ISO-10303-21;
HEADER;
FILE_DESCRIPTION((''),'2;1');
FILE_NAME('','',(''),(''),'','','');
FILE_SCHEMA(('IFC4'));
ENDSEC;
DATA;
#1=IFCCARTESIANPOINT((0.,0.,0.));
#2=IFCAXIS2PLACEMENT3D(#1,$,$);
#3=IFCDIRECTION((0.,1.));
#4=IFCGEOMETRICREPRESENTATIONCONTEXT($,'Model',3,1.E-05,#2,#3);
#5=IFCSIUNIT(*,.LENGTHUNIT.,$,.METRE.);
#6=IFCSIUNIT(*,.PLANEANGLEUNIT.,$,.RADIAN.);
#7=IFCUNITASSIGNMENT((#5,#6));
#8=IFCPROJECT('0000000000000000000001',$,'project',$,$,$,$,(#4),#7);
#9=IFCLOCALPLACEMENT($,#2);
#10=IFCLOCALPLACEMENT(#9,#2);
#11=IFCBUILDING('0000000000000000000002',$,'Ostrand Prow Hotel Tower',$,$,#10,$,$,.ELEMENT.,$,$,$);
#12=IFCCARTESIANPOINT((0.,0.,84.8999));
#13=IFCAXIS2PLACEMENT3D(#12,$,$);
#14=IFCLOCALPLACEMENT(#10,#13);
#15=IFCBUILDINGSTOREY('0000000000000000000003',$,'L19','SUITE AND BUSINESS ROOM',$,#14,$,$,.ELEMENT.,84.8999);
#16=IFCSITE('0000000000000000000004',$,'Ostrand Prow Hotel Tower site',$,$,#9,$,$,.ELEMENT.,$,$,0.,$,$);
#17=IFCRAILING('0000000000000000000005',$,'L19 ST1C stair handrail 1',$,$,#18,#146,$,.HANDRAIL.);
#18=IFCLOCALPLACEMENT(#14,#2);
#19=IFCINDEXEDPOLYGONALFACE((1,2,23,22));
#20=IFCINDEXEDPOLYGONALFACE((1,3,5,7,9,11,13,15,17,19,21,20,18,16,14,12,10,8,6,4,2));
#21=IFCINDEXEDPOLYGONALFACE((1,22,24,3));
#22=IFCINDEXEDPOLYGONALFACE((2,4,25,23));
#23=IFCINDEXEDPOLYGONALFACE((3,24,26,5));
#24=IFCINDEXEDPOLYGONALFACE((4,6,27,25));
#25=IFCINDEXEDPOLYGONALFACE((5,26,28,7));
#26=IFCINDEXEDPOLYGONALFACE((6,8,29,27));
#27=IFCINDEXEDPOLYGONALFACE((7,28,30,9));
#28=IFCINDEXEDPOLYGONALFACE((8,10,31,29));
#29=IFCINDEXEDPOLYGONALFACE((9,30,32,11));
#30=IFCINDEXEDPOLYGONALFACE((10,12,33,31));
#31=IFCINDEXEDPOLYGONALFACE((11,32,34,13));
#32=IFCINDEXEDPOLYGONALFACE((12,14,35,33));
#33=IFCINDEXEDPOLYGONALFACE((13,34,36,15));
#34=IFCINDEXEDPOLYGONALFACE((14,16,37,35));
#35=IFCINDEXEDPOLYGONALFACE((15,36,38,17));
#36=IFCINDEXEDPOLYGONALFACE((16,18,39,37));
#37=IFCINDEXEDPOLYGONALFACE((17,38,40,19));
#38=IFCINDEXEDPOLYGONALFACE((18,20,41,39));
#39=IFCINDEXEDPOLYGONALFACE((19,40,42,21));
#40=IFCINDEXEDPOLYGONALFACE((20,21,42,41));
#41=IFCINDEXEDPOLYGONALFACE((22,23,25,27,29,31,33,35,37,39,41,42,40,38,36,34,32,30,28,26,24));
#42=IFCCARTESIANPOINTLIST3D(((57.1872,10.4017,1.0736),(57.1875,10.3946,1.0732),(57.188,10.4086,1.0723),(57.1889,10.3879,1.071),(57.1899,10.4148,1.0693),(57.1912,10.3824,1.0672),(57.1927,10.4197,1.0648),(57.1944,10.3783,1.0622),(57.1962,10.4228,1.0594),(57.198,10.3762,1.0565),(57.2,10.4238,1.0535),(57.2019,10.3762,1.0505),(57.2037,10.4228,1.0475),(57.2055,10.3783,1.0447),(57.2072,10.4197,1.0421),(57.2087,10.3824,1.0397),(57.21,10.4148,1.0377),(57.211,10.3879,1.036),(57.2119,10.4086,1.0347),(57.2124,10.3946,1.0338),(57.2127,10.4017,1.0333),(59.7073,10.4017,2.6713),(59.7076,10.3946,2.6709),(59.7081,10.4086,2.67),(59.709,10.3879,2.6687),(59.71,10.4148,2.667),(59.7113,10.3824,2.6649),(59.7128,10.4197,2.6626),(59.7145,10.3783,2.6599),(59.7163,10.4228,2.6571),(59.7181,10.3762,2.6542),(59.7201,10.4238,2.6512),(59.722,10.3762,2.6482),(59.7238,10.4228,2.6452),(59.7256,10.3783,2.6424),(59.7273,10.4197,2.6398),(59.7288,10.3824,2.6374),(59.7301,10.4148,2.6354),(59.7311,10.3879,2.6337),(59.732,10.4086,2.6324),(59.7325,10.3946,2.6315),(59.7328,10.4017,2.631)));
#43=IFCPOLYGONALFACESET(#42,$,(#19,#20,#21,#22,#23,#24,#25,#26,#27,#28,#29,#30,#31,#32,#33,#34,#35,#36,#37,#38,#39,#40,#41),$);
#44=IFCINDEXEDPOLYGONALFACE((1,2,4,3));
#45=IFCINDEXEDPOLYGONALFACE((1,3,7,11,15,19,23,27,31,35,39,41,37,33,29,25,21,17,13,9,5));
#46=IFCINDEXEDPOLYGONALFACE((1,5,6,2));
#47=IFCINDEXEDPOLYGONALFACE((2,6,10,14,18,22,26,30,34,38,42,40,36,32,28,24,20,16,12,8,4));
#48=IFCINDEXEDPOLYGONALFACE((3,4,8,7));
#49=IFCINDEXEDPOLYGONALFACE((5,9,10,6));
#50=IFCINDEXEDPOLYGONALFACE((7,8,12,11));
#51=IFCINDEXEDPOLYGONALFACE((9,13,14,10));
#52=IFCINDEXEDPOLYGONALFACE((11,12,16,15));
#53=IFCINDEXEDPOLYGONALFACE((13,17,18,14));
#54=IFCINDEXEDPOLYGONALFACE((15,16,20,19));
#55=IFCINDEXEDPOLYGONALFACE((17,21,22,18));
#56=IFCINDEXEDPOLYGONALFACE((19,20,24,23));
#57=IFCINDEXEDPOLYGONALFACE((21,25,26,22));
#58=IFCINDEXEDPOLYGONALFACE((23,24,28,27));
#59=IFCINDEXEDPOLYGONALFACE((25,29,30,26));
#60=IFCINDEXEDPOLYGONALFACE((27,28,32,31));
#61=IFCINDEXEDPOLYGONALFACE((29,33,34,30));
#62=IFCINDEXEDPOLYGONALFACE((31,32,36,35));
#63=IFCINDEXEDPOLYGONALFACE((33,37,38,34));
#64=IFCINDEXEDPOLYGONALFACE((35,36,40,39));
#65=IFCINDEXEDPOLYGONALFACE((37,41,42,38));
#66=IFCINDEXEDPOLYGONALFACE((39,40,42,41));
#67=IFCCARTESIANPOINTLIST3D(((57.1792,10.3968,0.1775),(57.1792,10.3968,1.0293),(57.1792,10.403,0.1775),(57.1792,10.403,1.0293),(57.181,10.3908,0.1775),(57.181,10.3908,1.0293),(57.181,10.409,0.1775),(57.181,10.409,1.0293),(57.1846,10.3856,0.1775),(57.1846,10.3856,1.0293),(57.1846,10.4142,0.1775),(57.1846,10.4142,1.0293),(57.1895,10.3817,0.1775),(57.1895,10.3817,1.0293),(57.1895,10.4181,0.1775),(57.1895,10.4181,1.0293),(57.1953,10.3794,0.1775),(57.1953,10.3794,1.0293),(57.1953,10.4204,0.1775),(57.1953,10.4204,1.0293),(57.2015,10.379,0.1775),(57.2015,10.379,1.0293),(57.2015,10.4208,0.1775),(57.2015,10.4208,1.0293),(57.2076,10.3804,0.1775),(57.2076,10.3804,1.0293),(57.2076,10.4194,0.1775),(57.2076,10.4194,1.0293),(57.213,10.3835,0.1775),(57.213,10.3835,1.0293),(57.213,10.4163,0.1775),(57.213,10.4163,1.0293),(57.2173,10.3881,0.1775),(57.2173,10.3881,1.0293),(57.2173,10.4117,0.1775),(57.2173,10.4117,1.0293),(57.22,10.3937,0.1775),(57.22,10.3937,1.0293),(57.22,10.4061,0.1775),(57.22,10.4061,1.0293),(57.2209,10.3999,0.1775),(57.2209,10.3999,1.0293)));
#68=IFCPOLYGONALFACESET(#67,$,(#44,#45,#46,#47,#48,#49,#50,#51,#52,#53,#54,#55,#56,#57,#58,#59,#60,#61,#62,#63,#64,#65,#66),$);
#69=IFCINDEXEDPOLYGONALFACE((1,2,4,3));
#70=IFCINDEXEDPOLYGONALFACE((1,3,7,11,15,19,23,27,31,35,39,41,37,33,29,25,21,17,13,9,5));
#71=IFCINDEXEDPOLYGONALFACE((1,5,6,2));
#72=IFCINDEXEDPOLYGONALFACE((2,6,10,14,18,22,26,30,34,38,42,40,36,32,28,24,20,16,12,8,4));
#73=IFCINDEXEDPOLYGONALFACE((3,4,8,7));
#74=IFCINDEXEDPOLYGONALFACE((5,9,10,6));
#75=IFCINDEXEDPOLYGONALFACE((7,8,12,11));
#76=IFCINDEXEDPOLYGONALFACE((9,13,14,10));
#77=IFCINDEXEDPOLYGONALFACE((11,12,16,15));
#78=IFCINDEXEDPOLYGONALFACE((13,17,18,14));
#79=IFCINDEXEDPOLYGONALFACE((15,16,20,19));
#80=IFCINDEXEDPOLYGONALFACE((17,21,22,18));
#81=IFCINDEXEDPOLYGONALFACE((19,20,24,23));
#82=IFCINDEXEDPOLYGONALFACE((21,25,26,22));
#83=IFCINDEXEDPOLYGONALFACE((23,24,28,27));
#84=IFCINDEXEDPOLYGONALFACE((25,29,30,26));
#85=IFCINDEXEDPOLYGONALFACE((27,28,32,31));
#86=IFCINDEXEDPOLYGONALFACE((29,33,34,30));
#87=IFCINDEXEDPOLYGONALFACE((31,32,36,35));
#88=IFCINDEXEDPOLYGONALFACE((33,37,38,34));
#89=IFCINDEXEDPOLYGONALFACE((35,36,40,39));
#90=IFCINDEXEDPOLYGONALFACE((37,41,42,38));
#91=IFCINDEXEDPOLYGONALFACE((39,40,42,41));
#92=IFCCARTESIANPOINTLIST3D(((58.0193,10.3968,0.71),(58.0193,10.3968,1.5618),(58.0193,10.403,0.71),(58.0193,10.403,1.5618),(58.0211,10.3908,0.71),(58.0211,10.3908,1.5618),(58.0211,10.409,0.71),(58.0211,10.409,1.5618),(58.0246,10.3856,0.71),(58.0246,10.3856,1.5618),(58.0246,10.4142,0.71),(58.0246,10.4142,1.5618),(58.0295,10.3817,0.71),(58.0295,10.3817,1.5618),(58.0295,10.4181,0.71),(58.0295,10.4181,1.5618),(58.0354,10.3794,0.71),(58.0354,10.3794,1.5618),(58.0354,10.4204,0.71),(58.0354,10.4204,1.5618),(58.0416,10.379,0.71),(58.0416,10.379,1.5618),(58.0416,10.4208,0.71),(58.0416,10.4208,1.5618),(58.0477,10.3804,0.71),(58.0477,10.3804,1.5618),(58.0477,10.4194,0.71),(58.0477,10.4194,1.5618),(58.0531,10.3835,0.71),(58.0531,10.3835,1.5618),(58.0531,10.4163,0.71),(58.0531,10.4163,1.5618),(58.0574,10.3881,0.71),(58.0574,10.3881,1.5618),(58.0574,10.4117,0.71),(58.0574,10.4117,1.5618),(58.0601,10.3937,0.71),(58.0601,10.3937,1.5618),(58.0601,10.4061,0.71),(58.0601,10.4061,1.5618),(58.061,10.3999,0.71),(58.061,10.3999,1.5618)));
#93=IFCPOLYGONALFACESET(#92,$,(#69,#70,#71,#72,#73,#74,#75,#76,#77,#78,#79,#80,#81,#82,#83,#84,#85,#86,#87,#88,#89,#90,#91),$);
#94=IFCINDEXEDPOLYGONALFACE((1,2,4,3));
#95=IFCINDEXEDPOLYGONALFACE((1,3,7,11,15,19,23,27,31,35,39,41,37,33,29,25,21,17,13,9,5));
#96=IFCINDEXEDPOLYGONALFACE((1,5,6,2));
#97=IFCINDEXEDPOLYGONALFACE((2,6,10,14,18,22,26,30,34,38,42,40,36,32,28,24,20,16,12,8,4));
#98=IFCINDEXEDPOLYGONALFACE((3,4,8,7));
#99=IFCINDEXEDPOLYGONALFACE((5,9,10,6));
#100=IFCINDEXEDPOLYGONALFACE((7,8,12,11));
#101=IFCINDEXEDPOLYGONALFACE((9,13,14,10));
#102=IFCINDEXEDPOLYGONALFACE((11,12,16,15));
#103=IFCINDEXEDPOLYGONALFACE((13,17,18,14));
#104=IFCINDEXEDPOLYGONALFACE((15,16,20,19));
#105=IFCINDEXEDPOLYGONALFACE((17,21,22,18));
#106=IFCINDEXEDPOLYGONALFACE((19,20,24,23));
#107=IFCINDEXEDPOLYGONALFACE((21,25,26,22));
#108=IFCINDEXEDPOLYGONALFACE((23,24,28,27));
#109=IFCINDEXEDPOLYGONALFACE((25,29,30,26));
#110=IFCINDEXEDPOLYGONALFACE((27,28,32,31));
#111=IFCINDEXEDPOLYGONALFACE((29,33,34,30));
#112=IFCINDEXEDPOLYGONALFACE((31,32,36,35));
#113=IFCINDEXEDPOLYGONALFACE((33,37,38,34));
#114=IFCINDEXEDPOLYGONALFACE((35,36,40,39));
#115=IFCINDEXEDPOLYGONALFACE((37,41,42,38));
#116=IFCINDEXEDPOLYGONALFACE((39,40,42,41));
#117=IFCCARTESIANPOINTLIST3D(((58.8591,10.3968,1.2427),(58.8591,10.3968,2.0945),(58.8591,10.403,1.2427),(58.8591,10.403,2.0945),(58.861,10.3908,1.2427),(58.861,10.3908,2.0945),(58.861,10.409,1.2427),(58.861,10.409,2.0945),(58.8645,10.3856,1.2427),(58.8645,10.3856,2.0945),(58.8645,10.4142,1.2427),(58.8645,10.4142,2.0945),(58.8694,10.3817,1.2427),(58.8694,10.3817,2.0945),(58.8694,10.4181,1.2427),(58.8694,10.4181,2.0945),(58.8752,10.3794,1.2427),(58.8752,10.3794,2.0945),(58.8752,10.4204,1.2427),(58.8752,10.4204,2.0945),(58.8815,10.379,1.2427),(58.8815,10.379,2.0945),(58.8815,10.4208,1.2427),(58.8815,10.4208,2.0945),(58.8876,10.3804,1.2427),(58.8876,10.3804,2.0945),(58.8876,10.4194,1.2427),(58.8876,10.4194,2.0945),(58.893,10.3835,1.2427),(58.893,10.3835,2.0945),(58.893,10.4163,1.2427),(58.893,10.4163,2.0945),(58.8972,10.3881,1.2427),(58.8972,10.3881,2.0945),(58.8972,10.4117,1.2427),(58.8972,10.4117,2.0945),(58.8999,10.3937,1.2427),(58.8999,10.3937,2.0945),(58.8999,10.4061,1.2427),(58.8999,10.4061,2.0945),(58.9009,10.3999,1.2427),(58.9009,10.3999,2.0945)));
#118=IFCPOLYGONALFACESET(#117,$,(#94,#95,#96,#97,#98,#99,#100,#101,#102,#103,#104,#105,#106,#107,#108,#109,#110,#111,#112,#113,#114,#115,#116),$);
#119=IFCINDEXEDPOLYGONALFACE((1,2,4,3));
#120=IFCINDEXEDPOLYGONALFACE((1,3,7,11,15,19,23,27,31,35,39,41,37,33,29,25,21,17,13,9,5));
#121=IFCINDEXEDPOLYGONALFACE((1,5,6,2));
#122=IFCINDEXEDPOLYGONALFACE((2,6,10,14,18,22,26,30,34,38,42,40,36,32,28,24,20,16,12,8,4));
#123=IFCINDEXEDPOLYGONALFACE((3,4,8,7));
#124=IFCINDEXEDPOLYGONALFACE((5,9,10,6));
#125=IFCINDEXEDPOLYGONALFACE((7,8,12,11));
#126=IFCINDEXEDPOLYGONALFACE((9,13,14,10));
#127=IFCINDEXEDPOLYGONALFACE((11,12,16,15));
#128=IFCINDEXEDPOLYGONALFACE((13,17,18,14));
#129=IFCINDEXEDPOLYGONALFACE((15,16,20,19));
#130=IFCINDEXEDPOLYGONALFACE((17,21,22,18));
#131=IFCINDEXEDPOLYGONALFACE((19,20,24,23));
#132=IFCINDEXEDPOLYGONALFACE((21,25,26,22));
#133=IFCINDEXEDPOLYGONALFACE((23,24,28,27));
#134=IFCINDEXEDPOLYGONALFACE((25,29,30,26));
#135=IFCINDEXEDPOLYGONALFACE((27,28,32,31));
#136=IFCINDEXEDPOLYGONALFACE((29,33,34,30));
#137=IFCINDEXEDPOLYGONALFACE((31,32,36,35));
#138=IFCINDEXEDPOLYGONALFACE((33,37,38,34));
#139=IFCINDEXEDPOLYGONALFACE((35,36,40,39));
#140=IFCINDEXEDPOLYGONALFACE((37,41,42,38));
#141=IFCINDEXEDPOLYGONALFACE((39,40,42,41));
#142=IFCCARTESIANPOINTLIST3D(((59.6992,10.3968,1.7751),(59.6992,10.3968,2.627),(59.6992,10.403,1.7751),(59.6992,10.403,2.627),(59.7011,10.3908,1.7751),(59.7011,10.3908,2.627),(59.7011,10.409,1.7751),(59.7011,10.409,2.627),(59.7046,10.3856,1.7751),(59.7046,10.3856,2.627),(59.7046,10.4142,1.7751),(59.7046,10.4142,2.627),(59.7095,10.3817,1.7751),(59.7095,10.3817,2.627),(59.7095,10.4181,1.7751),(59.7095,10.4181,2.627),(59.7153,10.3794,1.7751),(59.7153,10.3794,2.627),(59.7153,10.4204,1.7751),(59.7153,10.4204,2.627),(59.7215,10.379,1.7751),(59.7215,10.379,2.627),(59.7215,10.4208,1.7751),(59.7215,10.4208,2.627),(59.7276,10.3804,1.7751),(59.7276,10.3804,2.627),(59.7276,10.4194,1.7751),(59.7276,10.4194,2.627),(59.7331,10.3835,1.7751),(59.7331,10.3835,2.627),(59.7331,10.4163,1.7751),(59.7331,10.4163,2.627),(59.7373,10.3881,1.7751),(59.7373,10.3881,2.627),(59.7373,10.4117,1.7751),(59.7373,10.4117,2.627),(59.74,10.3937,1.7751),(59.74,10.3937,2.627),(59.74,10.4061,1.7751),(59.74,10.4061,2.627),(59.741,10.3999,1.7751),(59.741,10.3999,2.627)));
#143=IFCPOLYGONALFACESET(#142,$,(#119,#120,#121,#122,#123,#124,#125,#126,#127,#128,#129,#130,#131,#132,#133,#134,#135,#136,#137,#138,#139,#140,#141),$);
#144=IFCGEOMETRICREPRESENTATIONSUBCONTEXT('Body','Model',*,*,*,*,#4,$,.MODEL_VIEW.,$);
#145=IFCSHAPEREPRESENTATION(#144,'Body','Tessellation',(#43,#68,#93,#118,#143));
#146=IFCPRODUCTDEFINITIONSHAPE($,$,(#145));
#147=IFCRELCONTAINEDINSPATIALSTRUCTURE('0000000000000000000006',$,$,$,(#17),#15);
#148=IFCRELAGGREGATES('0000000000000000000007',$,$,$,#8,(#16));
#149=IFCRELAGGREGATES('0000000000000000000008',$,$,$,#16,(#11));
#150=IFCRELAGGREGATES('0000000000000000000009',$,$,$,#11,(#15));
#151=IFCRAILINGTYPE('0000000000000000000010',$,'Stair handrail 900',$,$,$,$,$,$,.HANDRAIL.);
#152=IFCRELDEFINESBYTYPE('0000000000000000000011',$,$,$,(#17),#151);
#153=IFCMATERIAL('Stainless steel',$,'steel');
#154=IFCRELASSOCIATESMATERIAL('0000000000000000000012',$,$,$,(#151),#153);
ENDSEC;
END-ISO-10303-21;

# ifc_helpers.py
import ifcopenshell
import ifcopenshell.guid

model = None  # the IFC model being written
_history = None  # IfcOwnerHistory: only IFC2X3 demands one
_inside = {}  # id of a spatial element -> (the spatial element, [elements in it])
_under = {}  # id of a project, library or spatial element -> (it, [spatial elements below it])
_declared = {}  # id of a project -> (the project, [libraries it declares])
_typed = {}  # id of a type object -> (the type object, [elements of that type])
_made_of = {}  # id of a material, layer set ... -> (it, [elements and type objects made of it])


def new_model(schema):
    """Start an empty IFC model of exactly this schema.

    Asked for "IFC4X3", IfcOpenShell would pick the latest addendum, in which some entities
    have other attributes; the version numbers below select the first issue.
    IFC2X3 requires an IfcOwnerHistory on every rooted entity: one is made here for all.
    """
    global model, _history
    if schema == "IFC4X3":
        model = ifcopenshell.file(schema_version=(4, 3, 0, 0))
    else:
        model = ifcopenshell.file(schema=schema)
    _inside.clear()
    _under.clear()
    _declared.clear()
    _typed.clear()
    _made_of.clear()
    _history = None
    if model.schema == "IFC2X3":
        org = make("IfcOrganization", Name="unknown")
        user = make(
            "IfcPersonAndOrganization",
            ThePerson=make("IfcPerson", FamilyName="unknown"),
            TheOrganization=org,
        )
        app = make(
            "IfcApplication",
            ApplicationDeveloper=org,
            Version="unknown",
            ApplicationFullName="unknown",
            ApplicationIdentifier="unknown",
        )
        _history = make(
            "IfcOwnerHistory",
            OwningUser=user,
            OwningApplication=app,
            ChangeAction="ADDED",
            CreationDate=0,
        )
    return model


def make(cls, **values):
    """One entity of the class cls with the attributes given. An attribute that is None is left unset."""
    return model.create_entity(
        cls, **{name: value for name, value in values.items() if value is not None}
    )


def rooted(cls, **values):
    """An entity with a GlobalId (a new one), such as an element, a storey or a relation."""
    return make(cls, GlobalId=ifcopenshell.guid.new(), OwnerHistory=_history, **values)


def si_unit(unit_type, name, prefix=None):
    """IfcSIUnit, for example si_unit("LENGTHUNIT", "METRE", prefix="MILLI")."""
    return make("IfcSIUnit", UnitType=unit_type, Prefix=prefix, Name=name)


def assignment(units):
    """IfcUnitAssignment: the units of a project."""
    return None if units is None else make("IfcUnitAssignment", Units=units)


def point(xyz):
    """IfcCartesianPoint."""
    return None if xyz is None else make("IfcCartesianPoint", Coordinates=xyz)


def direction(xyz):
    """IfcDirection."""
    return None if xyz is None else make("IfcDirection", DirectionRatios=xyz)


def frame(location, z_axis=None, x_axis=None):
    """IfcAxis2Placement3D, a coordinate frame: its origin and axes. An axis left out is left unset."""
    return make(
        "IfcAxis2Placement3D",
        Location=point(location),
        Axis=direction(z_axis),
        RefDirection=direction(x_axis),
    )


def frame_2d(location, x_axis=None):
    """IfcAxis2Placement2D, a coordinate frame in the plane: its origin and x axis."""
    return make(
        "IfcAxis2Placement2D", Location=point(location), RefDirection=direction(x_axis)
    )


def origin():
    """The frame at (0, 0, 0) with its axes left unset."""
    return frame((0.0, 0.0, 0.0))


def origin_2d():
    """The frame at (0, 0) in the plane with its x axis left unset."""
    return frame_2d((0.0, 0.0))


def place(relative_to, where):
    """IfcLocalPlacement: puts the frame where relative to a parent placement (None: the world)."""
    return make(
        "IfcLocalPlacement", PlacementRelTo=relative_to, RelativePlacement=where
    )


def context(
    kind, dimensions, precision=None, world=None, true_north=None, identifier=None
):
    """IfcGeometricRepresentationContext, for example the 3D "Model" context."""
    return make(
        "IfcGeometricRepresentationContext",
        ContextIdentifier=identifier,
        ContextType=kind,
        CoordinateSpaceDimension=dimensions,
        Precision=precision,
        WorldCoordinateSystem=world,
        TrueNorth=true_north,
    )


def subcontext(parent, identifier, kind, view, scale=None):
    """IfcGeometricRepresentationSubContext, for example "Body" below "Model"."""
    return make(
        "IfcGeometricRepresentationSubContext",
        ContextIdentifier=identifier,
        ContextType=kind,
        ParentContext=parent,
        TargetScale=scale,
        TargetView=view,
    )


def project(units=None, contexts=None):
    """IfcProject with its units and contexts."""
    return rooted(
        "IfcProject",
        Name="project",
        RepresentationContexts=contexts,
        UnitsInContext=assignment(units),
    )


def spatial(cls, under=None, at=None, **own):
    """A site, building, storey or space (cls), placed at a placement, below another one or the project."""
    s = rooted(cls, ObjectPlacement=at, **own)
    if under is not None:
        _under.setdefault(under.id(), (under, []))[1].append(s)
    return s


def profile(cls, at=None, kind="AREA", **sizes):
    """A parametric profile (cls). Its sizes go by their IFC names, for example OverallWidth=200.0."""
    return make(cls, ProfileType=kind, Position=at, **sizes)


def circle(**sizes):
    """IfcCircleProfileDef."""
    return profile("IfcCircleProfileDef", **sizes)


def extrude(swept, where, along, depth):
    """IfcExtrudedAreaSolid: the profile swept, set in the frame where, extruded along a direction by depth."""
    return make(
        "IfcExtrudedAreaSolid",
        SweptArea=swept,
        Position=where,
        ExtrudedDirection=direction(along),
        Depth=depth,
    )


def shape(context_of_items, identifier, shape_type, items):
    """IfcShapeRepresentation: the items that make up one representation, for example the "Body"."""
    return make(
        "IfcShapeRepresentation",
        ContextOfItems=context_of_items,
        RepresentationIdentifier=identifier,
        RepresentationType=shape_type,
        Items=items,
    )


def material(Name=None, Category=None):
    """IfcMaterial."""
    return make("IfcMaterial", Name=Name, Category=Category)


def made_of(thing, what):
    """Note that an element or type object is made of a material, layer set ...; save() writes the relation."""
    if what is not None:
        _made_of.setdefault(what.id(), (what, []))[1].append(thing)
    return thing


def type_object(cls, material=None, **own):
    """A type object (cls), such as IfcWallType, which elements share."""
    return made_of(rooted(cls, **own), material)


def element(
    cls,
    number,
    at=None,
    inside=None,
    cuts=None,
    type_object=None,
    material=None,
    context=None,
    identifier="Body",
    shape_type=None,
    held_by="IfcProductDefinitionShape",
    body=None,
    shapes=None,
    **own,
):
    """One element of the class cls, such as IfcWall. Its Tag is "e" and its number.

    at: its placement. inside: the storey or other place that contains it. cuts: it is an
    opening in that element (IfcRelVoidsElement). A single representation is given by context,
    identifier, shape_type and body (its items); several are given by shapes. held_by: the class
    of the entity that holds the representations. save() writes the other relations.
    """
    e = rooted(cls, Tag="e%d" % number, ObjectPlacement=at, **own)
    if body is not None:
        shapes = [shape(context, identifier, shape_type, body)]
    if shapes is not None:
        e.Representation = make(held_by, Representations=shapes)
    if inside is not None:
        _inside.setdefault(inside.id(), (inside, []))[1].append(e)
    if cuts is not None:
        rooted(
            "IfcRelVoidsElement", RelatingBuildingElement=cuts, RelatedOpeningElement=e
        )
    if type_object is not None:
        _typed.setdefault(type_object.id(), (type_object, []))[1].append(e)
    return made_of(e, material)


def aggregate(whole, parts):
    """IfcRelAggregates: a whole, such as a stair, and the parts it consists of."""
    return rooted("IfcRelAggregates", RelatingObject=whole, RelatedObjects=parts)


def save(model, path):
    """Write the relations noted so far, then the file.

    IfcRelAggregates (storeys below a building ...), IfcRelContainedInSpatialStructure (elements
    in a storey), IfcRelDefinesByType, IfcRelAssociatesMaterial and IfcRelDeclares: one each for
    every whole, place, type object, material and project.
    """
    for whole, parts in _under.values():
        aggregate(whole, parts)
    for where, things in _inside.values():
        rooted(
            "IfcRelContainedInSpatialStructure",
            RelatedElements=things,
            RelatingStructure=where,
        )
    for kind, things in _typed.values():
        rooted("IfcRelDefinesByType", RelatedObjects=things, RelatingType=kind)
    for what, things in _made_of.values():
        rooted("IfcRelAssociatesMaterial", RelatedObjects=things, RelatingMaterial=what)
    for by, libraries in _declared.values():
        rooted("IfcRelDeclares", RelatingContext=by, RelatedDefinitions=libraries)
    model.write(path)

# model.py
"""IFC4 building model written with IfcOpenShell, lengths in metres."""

from ifc_helpers import new_model, si_unit, direction, frame, origin, origin_2d, place, context, subcontext, project, spatial, circle, extrude, material, type_object, element, save


model = new_model("IFC4")

# Units and contexts
model_context = context("Model", 3, precision=1e-05, world=origin(), true_north=direction((0.0, 1.0)))
body_context = subcontext(model_context, "Body", "Model", "MODEL_VIEW")
ifc_project = project(units=[si_unit("LENGTHUNIT", "METRE"), si_unit("PLANEANGLEUNIT", "RADIAN")], contexts=[model_context])

# Site, building, storey
site_placement = place(None, origin())
site = spatial("IfcSite", under=ifc_project, at=site_placement, Name="Ostrand Prow Hotel Tower site", CompositionType="ELEMENT", RefElevation=0.0)
building_placement = place(site_placement, origin())
building = spatial("IfcBuilding", under=site, at=building_placement, Name="Ostrand Prow Hotel Tower", CompositionType="ELEMENT")
storey_placement = place(building_placement, frame((0.0, 0.0, 84.8999)))
storey = spatial("IfcBuildingStorey", under=building, at=storey_placement, Name="L19", Description="SUITE AND BUSINESS ROOM", CompositionType="ELEMENT", Elevation=84.8999)

# Railing
ifc_material_1 = material(Name="Stainless steel", Category="steel")
railing_type_1 = type_object("IfcRailingType", Name="Stair handrail 900", PredefinedType="HANDRAIL", material=ifc_material_1)
railing_1_placement = place(storey_placement, frame((57.2, 10.3999, 0.1775)))
element("IfcRailing", 1, at=railing_1_placement, inside=storey, type_object=railing_type_1, Name="L19 ST1C stair handrail 1", PredefinedType="HANDRAIL", context=body_context, shape_type="SweptSolid", body=[
    extrude(circle(Radius=0.0239, at=origin_2d()), frame((0.0, 0.0, 0.876), z_axis=(0.84457, 0.0, 0.535445), x_axis=(0.0, 1.0, 0.0)), (0.0, 0.0, 1.0), 2.9839),
    extrude(circle(Radius=0.021, at=origin_2d()), origin(), (0.0, 0.0, 1.0), 0.8518),
    extrude(circle(Radius=0.021, at=origin_2d()), frame((0.8401, 0.0, 0.5325)), (0.0, 0.0, 1.0), 0.8518),
    extrude(circle(Radius=0.021, at=origin_2d()), frame((1.6799, 0.0, 1.0652)), (0.0, 0.0, 1.0), 0.8518),
    extrude(circle(Radius=0.021, at=origin_2d()), frame((2.52, 0.0, 1.5977)), (0.0, 0.0, 1.0), 0.8518),
])

save(model, "model.ifc")
